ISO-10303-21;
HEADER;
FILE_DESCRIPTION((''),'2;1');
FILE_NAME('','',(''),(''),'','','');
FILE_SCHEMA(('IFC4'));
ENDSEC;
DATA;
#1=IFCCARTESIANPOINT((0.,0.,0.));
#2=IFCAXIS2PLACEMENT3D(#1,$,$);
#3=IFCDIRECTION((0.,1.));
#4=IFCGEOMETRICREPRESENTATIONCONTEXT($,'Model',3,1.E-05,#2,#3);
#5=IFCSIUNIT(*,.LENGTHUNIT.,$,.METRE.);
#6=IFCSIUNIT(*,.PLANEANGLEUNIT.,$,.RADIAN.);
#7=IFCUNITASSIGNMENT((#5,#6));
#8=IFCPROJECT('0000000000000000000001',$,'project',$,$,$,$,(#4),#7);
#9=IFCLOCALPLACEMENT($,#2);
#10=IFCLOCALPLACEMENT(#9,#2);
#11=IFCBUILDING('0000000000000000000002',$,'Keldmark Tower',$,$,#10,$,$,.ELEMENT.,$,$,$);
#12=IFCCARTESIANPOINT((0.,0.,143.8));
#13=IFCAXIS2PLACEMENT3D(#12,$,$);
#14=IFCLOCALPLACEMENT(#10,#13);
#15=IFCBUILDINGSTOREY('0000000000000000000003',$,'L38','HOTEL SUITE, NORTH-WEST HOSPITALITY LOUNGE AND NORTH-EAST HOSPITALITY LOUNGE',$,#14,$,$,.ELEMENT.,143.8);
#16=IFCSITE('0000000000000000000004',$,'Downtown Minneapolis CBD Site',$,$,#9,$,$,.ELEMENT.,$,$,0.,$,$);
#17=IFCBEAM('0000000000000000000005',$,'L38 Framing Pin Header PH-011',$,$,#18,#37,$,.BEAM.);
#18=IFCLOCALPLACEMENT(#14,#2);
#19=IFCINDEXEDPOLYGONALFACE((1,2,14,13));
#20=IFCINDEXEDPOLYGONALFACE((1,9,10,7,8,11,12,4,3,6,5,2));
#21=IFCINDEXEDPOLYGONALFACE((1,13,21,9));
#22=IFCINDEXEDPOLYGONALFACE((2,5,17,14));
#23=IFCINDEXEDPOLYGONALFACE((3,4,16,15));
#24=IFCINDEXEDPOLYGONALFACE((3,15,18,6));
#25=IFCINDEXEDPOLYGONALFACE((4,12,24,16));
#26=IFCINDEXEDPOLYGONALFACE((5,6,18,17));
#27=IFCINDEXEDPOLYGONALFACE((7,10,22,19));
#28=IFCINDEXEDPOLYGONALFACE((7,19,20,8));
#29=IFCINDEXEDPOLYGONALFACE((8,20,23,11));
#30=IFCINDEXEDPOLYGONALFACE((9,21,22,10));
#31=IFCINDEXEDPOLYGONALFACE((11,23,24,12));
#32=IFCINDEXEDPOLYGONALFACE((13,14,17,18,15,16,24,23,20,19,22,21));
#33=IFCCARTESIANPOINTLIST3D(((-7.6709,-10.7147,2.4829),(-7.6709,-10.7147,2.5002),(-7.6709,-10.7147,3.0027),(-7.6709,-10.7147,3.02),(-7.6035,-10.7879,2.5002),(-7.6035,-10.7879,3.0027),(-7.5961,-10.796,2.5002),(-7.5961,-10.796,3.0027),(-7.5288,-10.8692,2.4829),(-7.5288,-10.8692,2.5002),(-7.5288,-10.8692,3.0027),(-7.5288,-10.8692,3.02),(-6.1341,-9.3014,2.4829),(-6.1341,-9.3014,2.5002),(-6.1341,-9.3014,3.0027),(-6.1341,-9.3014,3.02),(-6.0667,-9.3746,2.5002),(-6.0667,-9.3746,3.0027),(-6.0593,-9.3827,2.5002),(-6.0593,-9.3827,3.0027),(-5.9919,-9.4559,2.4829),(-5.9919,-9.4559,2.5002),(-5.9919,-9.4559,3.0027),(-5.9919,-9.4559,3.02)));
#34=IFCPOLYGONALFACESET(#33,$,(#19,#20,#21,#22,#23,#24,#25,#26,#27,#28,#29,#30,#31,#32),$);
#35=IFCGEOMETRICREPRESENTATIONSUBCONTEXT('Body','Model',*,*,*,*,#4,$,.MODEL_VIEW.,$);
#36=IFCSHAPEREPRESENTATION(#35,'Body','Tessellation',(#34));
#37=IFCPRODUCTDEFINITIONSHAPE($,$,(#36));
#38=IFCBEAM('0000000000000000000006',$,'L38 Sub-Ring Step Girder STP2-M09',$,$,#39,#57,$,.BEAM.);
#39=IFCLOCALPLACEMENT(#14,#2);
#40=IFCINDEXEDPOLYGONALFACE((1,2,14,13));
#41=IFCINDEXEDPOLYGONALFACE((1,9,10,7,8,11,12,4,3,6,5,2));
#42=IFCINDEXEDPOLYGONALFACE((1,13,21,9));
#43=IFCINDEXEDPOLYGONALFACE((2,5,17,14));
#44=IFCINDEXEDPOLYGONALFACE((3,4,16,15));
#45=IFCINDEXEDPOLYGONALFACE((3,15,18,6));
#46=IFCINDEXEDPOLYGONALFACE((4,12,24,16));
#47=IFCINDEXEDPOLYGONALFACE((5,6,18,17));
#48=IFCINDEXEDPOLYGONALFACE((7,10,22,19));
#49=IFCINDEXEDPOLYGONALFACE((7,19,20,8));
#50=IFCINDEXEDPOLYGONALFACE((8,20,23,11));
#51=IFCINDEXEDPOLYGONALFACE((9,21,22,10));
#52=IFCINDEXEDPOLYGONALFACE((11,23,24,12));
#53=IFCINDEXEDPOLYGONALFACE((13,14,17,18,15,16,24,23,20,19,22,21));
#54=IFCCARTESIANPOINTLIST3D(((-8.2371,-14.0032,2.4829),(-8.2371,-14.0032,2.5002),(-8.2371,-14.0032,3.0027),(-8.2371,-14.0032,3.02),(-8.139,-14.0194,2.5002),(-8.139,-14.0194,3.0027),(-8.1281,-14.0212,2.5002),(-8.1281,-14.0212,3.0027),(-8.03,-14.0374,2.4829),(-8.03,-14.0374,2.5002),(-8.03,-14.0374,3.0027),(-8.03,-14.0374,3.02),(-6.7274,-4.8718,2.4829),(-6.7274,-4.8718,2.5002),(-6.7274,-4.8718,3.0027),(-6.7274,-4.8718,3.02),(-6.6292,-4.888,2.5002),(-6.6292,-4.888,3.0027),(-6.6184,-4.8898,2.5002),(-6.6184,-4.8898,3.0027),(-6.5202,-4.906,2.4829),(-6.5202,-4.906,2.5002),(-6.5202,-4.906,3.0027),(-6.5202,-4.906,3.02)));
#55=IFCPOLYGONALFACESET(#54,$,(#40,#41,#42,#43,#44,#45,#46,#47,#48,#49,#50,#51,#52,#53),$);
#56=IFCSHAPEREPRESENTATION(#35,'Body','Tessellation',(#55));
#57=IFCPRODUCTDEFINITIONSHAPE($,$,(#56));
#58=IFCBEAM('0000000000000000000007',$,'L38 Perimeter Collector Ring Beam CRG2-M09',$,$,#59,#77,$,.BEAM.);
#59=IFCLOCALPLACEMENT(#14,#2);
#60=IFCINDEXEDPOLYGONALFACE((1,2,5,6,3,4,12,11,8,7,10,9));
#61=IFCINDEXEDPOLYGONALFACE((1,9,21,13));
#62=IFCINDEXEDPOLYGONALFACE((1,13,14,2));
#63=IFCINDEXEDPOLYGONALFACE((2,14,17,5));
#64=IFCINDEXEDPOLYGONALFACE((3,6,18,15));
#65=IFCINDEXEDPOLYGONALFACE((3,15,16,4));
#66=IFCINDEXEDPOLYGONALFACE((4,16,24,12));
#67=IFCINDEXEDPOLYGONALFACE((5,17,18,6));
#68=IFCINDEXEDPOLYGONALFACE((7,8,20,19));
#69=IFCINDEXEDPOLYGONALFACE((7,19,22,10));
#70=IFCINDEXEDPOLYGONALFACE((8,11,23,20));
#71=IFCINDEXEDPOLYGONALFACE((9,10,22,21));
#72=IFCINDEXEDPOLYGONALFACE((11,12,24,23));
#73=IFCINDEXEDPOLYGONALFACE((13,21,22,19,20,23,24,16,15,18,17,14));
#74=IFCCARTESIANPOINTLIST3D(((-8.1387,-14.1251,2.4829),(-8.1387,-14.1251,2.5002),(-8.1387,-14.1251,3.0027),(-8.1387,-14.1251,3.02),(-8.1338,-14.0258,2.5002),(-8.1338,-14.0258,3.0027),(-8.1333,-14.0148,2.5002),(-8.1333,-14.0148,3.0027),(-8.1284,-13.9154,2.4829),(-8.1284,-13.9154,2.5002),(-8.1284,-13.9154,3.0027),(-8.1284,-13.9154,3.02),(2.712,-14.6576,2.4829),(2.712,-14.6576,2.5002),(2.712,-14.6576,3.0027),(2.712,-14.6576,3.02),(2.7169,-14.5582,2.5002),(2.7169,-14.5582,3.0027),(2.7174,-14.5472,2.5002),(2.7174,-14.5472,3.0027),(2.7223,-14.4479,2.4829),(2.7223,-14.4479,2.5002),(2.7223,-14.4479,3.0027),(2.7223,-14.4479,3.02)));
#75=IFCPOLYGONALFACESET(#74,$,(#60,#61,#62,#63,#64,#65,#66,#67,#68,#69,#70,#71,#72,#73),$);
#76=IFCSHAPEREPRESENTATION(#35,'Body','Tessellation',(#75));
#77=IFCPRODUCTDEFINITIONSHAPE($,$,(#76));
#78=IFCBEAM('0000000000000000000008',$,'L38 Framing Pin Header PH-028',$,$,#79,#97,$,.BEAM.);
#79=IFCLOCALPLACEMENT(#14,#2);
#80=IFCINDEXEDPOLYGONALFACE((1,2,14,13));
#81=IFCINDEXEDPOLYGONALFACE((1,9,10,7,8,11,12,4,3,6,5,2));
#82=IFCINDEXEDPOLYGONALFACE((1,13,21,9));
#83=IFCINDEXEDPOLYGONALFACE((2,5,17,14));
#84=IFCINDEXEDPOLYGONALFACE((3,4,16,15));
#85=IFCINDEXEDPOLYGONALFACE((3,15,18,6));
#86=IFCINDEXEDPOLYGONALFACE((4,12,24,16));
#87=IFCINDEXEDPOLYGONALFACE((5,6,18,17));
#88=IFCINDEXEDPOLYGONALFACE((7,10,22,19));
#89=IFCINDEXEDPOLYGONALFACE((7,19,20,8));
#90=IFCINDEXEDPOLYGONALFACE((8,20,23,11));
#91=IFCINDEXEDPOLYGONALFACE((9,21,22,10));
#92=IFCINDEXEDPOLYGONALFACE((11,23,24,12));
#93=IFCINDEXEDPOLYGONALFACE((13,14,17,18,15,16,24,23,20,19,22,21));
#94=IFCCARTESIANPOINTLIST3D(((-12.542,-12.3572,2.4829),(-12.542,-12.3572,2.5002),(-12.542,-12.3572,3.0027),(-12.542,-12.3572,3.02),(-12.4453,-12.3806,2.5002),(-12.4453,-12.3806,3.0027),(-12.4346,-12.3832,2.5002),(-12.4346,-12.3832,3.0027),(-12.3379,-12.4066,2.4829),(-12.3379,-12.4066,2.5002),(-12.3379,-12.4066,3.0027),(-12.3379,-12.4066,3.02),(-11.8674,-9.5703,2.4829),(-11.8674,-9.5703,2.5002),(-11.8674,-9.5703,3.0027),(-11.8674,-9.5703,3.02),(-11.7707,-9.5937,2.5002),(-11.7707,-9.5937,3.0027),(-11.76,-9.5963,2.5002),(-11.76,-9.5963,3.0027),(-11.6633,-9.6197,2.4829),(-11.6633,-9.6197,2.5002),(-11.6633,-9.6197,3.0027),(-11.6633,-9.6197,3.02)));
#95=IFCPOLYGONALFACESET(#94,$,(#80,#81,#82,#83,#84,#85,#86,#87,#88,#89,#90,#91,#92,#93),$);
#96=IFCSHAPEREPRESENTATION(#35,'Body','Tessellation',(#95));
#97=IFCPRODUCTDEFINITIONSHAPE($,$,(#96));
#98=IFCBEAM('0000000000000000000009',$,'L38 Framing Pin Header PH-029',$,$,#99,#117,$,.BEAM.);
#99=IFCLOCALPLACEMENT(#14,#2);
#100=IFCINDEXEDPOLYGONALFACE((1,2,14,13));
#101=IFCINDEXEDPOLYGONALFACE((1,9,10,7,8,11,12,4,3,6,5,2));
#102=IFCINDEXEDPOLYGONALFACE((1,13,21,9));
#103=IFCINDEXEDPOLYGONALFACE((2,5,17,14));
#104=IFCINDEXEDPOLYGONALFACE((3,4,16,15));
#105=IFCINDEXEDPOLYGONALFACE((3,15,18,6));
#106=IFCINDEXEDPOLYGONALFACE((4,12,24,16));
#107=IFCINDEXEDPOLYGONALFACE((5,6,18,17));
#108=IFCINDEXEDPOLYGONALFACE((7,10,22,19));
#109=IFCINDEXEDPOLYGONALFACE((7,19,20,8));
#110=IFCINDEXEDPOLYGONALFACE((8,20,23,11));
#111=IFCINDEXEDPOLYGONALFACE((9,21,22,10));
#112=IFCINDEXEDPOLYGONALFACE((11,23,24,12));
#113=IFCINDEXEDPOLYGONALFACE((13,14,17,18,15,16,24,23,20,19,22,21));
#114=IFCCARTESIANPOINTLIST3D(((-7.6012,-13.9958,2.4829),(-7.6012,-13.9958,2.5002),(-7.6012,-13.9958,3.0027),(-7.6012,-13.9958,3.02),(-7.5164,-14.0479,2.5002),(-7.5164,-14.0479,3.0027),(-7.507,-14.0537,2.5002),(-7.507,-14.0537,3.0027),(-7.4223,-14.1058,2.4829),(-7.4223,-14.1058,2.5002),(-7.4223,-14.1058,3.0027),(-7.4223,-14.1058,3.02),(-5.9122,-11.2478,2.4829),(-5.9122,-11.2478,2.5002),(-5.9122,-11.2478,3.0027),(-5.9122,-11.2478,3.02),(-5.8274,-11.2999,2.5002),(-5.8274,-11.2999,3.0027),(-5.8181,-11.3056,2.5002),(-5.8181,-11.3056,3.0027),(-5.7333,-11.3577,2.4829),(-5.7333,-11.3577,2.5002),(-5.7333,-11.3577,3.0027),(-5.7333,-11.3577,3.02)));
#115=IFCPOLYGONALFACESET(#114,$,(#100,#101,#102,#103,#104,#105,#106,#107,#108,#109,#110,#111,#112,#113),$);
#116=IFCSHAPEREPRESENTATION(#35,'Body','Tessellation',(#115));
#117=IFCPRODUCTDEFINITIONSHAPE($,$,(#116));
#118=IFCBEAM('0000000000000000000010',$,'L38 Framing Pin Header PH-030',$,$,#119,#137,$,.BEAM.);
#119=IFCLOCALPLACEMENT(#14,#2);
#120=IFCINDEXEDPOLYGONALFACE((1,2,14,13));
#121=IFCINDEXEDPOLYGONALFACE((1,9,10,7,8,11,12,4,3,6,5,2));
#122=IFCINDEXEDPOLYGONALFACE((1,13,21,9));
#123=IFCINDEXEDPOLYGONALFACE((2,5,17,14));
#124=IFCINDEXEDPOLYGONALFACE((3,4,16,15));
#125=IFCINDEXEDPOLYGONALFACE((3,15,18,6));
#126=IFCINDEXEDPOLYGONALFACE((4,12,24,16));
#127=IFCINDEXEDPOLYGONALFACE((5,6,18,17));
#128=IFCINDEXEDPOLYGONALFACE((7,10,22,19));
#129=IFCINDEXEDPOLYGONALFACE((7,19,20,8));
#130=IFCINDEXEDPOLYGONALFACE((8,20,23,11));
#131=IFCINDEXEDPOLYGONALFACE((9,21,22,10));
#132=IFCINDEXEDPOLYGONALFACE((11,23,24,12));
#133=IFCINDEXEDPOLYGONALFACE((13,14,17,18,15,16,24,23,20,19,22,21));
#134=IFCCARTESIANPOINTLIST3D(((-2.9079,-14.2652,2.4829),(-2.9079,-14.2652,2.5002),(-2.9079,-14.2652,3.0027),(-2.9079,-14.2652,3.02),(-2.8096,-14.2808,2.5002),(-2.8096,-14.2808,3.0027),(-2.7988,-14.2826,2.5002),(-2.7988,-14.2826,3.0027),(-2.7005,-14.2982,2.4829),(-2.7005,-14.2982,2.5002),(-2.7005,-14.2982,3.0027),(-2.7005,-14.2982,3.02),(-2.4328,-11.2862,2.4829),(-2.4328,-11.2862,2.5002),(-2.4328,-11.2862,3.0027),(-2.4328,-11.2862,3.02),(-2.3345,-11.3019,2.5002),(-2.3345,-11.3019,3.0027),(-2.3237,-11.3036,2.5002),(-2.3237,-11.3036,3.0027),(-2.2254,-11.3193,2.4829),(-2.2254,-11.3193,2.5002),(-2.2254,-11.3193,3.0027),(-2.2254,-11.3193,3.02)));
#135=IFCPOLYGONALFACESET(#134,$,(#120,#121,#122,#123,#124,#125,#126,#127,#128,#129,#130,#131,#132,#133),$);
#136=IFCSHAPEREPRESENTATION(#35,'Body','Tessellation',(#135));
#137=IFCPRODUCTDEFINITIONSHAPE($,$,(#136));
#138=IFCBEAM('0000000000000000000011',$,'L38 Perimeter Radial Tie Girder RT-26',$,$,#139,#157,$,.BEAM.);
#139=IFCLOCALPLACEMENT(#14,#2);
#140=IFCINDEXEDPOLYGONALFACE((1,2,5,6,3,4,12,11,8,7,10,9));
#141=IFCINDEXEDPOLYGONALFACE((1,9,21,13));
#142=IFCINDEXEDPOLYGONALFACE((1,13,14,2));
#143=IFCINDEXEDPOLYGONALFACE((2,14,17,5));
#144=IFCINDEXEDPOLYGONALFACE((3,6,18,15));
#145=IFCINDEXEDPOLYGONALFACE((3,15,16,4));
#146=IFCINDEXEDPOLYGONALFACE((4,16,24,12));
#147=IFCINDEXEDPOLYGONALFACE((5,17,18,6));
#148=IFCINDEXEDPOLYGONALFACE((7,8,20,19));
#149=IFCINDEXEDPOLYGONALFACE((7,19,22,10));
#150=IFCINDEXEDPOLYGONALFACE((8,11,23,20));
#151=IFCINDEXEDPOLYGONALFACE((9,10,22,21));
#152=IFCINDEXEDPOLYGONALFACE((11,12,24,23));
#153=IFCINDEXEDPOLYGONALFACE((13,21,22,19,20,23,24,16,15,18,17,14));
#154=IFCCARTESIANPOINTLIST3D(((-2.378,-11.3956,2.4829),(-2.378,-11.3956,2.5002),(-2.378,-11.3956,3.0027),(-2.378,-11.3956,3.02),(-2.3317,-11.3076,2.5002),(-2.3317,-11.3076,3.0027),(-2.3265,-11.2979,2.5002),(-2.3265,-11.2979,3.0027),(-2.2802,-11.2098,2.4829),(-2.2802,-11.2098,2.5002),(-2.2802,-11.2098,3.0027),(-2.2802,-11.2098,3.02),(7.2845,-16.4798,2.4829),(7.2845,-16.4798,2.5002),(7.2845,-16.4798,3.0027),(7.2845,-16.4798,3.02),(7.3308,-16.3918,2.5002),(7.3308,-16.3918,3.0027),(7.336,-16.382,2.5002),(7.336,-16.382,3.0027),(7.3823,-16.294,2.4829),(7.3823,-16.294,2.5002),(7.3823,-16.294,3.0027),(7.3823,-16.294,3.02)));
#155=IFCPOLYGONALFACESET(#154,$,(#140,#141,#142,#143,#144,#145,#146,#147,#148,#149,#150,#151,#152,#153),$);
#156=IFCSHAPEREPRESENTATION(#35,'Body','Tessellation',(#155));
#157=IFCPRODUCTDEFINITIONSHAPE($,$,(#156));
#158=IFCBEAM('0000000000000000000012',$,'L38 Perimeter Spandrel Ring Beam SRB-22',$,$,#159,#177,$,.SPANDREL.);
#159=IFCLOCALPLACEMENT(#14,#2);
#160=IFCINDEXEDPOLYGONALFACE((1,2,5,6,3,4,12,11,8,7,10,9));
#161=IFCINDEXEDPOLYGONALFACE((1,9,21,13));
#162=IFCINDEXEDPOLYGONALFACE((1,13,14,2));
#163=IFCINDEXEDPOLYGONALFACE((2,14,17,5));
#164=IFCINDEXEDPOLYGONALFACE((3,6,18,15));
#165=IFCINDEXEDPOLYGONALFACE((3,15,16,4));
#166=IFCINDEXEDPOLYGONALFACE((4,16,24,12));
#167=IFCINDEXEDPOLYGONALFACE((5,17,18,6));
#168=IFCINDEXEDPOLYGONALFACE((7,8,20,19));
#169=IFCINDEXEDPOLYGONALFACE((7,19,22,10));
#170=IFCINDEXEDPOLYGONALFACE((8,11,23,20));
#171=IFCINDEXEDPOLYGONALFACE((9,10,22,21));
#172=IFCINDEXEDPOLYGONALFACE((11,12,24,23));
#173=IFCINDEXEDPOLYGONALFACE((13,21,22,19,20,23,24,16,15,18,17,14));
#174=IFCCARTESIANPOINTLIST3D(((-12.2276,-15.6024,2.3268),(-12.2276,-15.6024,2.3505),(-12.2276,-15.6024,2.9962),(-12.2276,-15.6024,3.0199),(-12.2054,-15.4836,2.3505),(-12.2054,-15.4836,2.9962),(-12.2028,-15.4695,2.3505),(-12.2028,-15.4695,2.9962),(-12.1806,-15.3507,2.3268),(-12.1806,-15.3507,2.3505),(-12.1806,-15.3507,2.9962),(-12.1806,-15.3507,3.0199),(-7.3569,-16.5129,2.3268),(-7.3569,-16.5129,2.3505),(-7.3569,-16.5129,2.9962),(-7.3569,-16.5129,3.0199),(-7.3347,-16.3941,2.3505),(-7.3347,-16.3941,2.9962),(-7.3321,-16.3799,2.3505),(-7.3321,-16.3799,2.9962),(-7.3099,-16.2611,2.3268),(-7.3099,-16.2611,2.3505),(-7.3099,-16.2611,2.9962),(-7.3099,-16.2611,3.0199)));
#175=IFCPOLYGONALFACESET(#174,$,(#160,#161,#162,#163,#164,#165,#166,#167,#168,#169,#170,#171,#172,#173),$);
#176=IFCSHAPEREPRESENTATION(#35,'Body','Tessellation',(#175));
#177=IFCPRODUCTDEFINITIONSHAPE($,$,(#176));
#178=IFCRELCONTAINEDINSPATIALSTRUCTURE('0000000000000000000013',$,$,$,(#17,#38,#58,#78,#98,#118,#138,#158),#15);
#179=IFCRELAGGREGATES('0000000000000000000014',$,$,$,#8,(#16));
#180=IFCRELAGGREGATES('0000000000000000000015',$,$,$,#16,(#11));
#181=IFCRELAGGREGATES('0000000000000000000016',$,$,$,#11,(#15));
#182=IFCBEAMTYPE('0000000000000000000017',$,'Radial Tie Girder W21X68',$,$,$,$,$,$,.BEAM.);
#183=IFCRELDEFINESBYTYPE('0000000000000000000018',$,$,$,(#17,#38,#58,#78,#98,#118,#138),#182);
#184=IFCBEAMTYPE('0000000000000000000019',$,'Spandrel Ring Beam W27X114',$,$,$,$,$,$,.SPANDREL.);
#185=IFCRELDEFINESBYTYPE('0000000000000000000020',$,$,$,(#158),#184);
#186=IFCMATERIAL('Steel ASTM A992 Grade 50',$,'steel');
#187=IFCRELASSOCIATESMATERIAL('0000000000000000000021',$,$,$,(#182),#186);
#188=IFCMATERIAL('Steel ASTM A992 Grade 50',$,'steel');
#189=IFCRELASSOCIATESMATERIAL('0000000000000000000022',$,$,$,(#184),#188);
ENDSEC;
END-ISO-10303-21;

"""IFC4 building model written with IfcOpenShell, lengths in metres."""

from ifc_helpers import new_model, si_unit, direction, frame, origin, origin_2d, place, context, subcontext, project, spatial, i_section, extrude, material, material_profile, profile_set, type_object, element, save


model = new_model("IFC4")

# Units and contexts
model_context = context("Model", 3, precision=1e-05, world=origin(), true_north=direction((0.0, 1.0)))
body_context = subcontext(model_context, "Body", "Model", "MODEL_VIEW")
ifc_project = project(units=[si_unit("LENGTHUNIT", "METRE"), si_unit("PLANEANGLEUNIT", "RADIAN")], contexts=[model_context])

# Site, building, storey
site_placement = place(None, origin())
site = spatial("IfcSite", under=ifc_project, at=site_placement, Name="Downtown Minneapolis CBD Site", CompositionType="ELEMENT", RefElevation=0.0)
building_placement = place(site_placement, origin())
building = spatial("IfcBuilding", under=site, at=building_placement, Name="Keldmark Tower", CompositionType="ELEMENT")
storey_placement = place(building_placement, frame((0.0, 0.0, 143.8)))
storey = spatial("IfcBuildingStorey", under=building, at=storey_placement, Name="L38", Description="HOTEL SUITE, NORTH-WEST HOSPITALITY LOUNGE AND NORTH-EAST HOSPITALITY LOUNGE", CompositionType="ELEMENT", Elevation=143.8)

# Beams
ifc_material_1 = material(Name="Steel ASTM A992 Grade 50", Category="steel")
ifc_material_profile_1 = material_profile(ifc_material_1, i_section(OverallWidth=0.21, OverallDepth=0.5371, WebThickness=0.011, FlangeThickness=0.0173, at=origin_2d()), Name="W21X68")
ifc_profile_set_1 = profile_set([ifc_material_profile_1], Name="Steel ASTM A992 Grade 50")
beam_type_1 = type_object("IfcBeamType", Name="Radial Tie Girder W21X68", PredefinedType="BEAM", material=ifc_profile_set_1)
beam_1_placement = place(storey_placement, frame((-6.063, -9.3787, 2.7515), z_axis=(-0.736071, -0.676905, 0.0), x_axis=(0.676905, -0.736071, 0.0)))
element("IfcBeam", 1, at=beam_1_placement, inside=storey, type_object=beam_type_1, Name="L38 Framing Pin Header PH-011", PredefinedType="BEAM", context=body_context, shape_type="SweptSolid", body=[
    extrude(i_section(OverallWidth=0.21, OverallDepth=0.5371, WebThickness=0.011, FlangeThickness=0.0173, at=origin_2d()), origin(), (0.0, 0.0, 1.0), 2.0879),
])
beam_2_placement = place(storey_placement, frame((-6.6238, -4.8889, 2.7515), z_axis=(-0.163124, -0.986606, 0.0), x_axis=(0.986606, -0.163124, 0.0)))
element("IfcBeam", 2, at=beam_2_placement, inside=storey, type_object=beam_type_1, Name="L38 Sub-Ring Step Girder STP2-M09", PredefinedType="BEAM", context=body_context, shape_type="SweptSolid", body=[
    extrude(i_section(OverallWidth=0.21, OverallDepth=0.5371, WebThickness=0.011, FlangeThickness=0.0173, at=origin_2d()), origin(), (0.0, 0.0, 1.0), 9.2554),
])
beam_3_placement = place(storey_placement, frame((-8.1335, -14.0203, 2.7515), z_axis=(0.998798, -0.049013, 0.0), x_axis=(0.049013, 0.998798, 0.0)))
element("IfcBeam", 3, at=beam_3_placement, inside=storey, type_object=beam_type_1, Name="L38 Perimeter Collector Ring Beam CRG2-M09", PredefinedType="BEAM", context=body_context, shape_type="SweptSolid", body=[
    extrude(i_section(OverallWidth=0.21, OverallDepth=0.5371, WebThickness=0.011, FlangeThickness=0.0173, at=origin_2d()), origin(), (0.0, 0.0, 1.0), 10.8638),
])
beam_4_placement = place(storey_placement, frame((-11.7654, -9.595, 2.7515), z_axis=(-0.235256, -0.971933, 0.0), x_axis=(0.971933, -0.235256, 0.0)))
element("IfcBeam", 4, at=beam_4_placement, inside=storey, type_object=beam_type_1, Name="L38 Framing Pin Header PH-028", PredefinedType="BEAM", context=body_context, shape_type="SweptSolid", body=[
    extrude(i_section(OverallWidth=0.21, OverallDepth=0.5371, WebThickness=0.011, FlangeThickness=0.0173, at=origin_2d()), origin(), (0.0, 0.0, 1.0), 2.8674),
])
beam_5_placement = place(storey_placement, frame((-5.8228, -11.3027, 2.7515), z_axis=(-0.523616, -0.851954, 0.0), x_axis=(0.851954, -0.523616, 0.0)))
element("IfcBeam", 5, at=beam_5_placement, inside=storey, type_object=beam_type_1, Name="L38 Framing Pin Header PH-029", PredefinedType="BEAM", context=body_context, shape_type="SweptSolid", body=[
    extrude(i_section(OverallWidth=0.21, OverallDepth=0.5371, WebThickness=0.011, FlangeThickness=0.0173, at=origin_2d()), origin(), (0.0, 0.0, 1.0), 3.2256),
])
beam_6_placement = place(storey_placement, frame((-2.3291, -11.3027, 2.7515), z_axis=(-0.157492, -0.98752, 0.0), x_axis=(0.98752, -0.157492, 0.0)))
element("IfcBeam", 6, at=beam_6_placement, inside=storey, type_object=beam_type_1, Name="L38 Framing Pin Header PH-030", PredefinedType="BEAM", context=body_context, shape_type="SweptSolid", body=[
    extrude(i_section(OverallWidth=0.21, OverallDepth=0.5371, WebThickness=0.011, FlangeThickness=0.0173, at=origin_2d()), origin(), (0.0, 0.0, 1.0), 3.0166),
])
beam_7_placement = place(storey_placement, frame((-2.3291, -11.3027, 2.7515), z_axis=(0.884969, -0.46565, 0.0), x_axis=(0.46565, 0.884969, 0.0)))
element("IfcBeam", 7, at=beam_7_placement, inside=storey, type_object=beam_type_1, Name="L38 Perimeter Radial Tie Girder RT-26", PredefinedType="BEAM", context=body_context, shape_type="SweptSolid", body=[
    extrude(i_section(OverallWidth=0.21, OverallDepth=0.5371, WebThickness=0.011, FlangeThickness=0.0173, at=origin_2d()), origin(), (0.0, 0.0, 1.0), 10.9185),
])
ifc_material_2 = material(Name="Steel ASTM A992 Grade 50", Category="steel")
ifc_material_profile_2 = material_profile(ifc_material_2, i_section(OverallWidth=0.2561, OverallDepth=0.6931, WebThickness=0.0144, FlangeThickness=0.0237, at=origin_2d()), Name="W27X114")
ifc_profile_set_2 = profile_set([ifc_material_profile_2], Name="Steel ASTM A992 Grade 50")
beam_type_2 = type_object("IfcBeamType", Name="Spandrel Ring Beam W27X114", PredefinedType="SPANDREL", material=ifc_profile_set_2)
beam_8_placement = place(storey_placement, frame((-12.2041, -15.4766, 2.6733), z_axis=(0.982976, -0.183735, 0.0), x_axis=(0.183735, 0.982976, 0.0)))
element("IfcBeam", 8, at=beam_8_placement, inside=storey, type_object=beam_type_2, Name="L38 Perimeter Spandrel Ring Beam SRB-22", PredefinedType="SPANDREL", context=body_context, shape_type="SweptSolid", body=[
    extrude(i_section(OverallWidth=0.2561, OverallDepth=0.6931, WebThickness=0.0144, FlangeThickness=0.0237, at=origin_2d()), origin(), (0.0, 0.0, 1.0), 4.9551),
])

save(model, "model.ifc")
